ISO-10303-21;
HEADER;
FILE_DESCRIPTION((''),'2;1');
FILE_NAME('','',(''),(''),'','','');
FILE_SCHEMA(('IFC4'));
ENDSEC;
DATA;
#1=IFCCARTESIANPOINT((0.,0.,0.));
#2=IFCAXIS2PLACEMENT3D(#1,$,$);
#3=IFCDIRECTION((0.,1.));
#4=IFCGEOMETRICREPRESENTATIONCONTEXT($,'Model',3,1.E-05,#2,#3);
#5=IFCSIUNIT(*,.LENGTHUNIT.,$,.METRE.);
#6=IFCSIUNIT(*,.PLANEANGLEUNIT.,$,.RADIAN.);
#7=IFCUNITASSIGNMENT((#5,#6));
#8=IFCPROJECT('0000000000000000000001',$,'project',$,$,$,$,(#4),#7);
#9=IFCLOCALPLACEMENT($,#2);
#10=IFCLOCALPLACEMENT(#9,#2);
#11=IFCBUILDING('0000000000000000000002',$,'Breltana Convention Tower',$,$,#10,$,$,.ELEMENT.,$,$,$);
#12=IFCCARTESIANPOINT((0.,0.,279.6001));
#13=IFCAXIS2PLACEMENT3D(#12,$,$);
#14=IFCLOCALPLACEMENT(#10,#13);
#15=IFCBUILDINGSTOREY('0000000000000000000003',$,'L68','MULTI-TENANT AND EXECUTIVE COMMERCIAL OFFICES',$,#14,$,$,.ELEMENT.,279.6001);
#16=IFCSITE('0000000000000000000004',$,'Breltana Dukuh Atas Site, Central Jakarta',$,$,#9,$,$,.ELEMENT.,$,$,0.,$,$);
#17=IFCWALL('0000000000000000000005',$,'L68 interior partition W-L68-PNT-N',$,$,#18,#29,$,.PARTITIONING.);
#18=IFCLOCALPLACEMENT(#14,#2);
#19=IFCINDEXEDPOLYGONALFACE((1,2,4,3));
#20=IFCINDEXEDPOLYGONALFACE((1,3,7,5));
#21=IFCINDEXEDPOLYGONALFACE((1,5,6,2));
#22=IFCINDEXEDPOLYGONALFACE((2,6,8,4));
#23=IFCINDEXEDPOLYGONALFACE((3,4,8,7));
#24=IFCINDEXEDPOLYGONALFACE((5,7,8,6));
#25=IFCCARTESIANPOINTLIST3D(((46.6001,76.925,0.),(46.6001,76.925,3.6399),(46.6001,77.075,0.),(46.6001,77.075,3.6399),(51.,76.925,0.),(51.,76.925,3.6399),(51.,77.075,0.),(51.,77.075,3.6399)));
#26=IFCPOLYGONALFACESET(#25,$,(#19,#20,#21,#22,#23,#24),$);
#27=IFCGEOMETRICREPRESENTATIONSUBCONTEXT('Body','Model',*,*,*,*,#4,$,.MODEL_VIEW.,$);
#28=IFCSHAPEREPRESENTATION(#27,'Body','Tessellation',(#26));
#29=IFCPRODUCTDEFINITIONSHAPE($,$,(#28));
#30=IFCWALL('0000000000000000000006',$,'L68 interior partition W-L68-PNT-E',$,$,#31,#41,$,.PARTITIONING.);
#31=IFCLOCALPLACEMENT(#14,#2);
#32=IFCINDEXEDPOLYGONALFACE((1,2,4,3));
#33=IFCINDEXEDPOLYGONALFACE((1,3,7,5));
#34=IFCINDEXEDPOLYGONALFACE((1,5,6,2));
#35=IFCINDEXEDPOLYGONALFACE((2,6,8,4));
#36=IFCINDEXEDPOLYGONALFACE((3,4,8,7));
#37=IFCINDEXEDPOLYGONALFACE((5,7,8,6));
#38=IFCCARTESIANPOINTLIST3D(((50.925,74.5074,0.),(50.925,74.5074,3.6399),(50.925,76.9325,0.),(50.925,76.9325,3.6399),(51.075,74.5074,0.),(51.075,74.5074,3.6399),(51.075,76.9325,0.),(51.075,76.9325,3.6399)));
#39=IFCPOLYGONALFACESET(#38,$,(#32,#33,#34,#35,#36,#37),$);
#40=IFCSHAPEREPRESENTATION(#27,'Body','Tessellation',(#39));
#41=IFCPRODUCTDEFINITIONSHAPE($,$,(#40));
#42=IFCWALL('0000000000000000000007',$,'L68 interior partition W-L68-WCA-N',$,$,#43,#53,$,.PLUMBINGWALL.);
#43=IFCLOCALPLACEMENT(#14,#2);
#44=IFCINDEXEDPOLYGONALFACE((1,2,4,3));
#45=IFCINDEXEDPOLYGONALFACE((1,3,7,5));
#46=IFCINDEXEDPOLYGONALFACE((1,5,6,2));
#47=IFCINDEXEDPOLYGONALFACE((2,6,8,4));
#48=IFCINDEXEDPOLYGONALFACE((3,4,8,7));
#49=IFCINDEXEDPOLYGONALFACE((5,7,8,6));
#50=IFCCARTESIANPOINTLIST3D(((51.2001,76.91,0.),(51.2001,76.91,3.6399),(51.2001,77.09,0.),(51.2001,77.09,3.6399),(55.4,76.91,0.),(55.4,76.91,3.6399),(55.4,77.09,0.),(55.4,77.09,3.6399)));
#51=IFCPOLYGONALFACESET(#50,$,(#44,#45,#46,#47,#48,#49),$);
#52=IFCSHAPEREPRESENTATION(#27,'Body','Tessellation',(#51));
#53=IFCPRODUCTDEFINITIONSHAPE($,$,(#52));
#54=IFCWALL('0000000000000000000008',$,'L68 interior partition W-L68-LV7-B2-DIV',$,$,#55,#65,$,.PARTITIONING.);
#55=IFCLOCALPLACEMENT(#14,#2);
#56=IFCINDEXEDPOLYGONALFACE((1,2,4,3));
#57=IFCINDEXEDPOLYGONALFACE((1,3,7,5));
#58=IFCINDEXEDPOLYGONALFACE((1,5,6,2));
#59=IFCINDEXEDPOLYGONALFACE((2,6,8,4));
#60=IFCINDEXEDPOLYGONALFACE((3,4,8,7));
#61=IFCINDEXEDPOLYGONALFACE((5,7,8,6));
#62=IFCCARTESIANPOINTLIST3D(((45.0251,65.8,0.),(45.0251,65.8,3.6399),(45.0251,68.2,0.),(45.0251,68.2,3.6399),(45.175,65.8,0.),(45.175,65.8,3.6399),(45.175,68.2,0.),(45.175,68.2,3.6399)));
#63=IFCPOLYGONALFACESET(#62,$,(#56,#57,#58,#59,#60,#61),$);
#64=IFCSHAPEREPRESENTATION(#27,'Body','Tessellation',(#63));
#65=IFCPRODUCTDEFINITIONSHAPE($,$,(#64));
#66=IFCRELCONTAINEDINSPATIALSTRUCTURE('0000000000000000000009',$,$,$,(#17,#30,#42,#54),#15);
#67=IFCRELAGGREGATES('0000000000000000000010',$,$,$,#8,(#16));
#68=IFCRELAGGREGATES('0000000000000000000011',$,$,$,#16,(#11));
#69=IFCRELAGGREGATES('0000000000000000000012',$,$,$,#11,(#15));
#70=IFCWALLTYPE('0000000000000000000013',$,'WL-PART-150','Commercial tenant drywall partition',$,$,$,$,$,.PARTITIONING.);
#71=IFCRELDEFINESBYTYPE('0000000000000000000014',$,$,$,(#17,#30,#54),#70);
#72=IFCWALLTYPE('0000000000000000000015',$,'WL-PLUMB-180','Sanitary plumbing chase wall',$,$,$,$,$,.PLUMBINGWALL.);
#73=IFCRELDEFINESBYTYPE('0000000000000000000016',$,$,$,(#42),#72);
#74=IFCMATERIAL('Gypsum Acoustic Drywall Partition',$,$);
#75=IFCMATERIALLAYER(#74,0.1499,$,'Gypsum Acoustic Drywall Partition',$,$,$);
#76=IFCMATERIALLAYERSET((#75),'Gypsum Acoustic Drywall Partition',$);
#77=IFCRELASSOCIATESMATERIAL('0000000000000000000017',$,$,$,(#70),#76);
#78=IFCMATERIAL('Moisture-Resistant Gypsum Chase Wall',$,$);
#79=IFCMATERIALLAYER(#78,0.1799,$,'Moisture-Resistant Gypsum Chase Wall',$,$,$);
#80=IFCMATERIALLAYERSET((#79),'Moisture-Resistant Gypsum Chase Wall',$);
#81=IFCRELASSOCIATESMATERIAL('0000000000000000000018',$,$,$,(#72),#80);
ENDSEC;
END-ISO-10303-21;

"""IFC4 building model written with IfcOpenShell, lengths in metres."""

from ifc_helpers import new_model, si_unit, direction, frame, frame_2d, origin, place, context, subcontext, project, spatial, rectangle, extrude, source, transform, mapped, material, layer, layer_set, type_object, element, save


model = new_model("IFC4")

# Units and contexts
model_context = context("Model", 3, precision=1e-05, world=origin(), true_north=direction((0.0, 1.0)))
body_context = subcontext(model_context, "Body", "Model", "MODEL_VIEW")
ifc_project = project(units=[si_unit("LENGTHUNIT", "METRE"), si_unit("PLANEANGLEUNIT", "RADIAN")], contexts=[model_context])

# Site, building, storey
site_placement = place(None, origin())
site = spatial("IfcSite", under=ifc_project, at=site_placement, Name="Breltana Dukuh Atas Site, Central Jakarta", CompositionType="ELEMENT", RefElevation=0.0)
building_placement = place(site_placement, origin())
building = spatial("IfcBuilding", under=site, at=building_placement, Name="Breltana Convention Tower", CompositionType="ELEMENT")
storey_placement = place(building_placement, frame((0.0, 0.0, 279.6001)))
storey = spatial("IfcBuildingStorey", under=building, at=storey_placement, Name="L68", Description="MULTI-TENANT AND EXECUTIVE COMMERCIAL OFFICES", CompositionType="ELEMENT", Elevation=279.6001)

# Shared definitions
ifc_material_1 = material(Name="Gypsum Acoustic Drywall Partition")
ifc_layer_1 = layer(ifc_material_1, 0.1499, Name="Gypsum Acoustic Drywall Partition")
ifc_layer_set_1 = layer_set([ifc_layer_1], Name="Gypsum Acoustic Drywall Partition")
wall_type_1 = type_object("IfcWallType", Name="WL-PART-150", Description="Commercial tenant drywall partition", PredefinedType="PARTITIONING", material=ifc_layer_set_1)
shared_shape_1 = source(origin(), body_context, "Body", "SweptSolid", [
    extrude(rectangle(XDim=4.3999, YDim=0.1499, at=frame_2d((2.2, 0.0))), origin(), (0.0, 0.0, 1.0), 3.6399),
])

# Walls
wall_1_placement = place(storey_placement, frame((46.6001, 77.0, 0.0), z_axis=(0.0, 0.0, 1.0), x_axis=(1.0, 0.0, 0.0)))
element("IfcWall", 1, at=wall_1_placement, inside=storey, type_object=wall_type_1, Name="L68 interior partition W-L68-PNT-N", PredefinedType="PARTITIONING", context=body_context, shape_type="MappedRepresentation", body=[
    mapped(shared_shape_1, transform((0.0, 0.0, 0.0), scale=1.0)),
])
shared_shape_2 = source(origin(), body_context, "Body", "SweptSolid", [
    extrude(rectangle(XDim=2.425, YDim=0.1499, at=frame_2d((1.2124, 0.0))), origin(), (0.0, 0.0, 1.0), 3.6399),
])
wall_2_placement = place(storey_placement, frame((51.0, 74.5076, 0.0), z_axis=(0.0, 0.0, 1.0), x_axis=(0.0, 1.0, 0.0)))
element("IfcWall", 2, at=wall_2_placement, inside=storey, type_object=wall_type_1, Name="L68 interior partition W-L68-PNT-E", PredefinedType="PARTITIONING", context=body_context, shape_type="MappedRepresentation", body=[
    mapped(shared_shape_2, transform((0.0, 0.0, 0.0), scale=1.0)),
])

# Walls
ifc_material_2 = material(Name="Moisture-Resistant Gypsum Chase Wall")
ifc_layer_2 = layer(ifc_material_2, 0.1799, Name="Moisture-Resistant Gypsum Chase Wall")
ifc_layer_set_2 = layer_set([ifc_layer_2], Name="Moisture-Resistant Gypsum Chase Wall")
wall_type_2 = type_object("IfcWallType", Name="WL-PLUMB-180", Description="Sanitary plumbing chase wall", PredefinedType="PLUMBINGWALL", material=ifc_layer_set_2)
shared_shape_3 = source(origin(), body_context, "Body", "SweptSolid", [
    extrude(rectangle(XDim=4.2, YDim=0.1799, at=frame_2d((2.1001, 0.0))), origin(), (0.0, 0.0, 1.0), 3.6399),
])
wall_3_placement = place(storey_placement, frame((51.2, 77.0, 0.0), z_axis=(0.0, 0.0, 1.0), x_axis=(1.0, 0.0, 0.0)))
element("IfcWall", 3, at=wall_3_placement, inside=storey, type_object=wall_type_2, Name="L68 interior partition W-L68-WCA-N", PredefinedType="PLUMBINGWALL", context=body_context, shape_type="MappedRepresentation", body=[
    mapped(shared_shape_3, transform((0.0, 0.0, 0.0), scale=1.0)),
])
shared_shape_4 = source(origin(), body_context, "Body", "SweptSolid", [
    extrude(rectangle(XDim=2.3999, YDim=0.1499, at=frame_2d((1.2, 0.0))), origin(), (0.0, 0.0, 1.0), 3.6399),
])
wall_4_placement = place(storey_placement, frame((45.1001, 65.8, 0.0), z_axis=(0.0, 0.0, 1.0), x_axis=(0.0, 1.0, 0.0)))
element("IfcWall", 4, at=wall_4_placement, inside=storey, type_object=wall_type_1, Name="L68 interior partition W-L68-LV7-B2-DIV", PredefinedType="PARTITIONING", context=body_context, shape_type="MappedRepresentation", body=[
    mapped(shared_shape_4, transform((0.0, 0.0, 0.0), scale=1.0)),
])

save(model, "model.ifc")
